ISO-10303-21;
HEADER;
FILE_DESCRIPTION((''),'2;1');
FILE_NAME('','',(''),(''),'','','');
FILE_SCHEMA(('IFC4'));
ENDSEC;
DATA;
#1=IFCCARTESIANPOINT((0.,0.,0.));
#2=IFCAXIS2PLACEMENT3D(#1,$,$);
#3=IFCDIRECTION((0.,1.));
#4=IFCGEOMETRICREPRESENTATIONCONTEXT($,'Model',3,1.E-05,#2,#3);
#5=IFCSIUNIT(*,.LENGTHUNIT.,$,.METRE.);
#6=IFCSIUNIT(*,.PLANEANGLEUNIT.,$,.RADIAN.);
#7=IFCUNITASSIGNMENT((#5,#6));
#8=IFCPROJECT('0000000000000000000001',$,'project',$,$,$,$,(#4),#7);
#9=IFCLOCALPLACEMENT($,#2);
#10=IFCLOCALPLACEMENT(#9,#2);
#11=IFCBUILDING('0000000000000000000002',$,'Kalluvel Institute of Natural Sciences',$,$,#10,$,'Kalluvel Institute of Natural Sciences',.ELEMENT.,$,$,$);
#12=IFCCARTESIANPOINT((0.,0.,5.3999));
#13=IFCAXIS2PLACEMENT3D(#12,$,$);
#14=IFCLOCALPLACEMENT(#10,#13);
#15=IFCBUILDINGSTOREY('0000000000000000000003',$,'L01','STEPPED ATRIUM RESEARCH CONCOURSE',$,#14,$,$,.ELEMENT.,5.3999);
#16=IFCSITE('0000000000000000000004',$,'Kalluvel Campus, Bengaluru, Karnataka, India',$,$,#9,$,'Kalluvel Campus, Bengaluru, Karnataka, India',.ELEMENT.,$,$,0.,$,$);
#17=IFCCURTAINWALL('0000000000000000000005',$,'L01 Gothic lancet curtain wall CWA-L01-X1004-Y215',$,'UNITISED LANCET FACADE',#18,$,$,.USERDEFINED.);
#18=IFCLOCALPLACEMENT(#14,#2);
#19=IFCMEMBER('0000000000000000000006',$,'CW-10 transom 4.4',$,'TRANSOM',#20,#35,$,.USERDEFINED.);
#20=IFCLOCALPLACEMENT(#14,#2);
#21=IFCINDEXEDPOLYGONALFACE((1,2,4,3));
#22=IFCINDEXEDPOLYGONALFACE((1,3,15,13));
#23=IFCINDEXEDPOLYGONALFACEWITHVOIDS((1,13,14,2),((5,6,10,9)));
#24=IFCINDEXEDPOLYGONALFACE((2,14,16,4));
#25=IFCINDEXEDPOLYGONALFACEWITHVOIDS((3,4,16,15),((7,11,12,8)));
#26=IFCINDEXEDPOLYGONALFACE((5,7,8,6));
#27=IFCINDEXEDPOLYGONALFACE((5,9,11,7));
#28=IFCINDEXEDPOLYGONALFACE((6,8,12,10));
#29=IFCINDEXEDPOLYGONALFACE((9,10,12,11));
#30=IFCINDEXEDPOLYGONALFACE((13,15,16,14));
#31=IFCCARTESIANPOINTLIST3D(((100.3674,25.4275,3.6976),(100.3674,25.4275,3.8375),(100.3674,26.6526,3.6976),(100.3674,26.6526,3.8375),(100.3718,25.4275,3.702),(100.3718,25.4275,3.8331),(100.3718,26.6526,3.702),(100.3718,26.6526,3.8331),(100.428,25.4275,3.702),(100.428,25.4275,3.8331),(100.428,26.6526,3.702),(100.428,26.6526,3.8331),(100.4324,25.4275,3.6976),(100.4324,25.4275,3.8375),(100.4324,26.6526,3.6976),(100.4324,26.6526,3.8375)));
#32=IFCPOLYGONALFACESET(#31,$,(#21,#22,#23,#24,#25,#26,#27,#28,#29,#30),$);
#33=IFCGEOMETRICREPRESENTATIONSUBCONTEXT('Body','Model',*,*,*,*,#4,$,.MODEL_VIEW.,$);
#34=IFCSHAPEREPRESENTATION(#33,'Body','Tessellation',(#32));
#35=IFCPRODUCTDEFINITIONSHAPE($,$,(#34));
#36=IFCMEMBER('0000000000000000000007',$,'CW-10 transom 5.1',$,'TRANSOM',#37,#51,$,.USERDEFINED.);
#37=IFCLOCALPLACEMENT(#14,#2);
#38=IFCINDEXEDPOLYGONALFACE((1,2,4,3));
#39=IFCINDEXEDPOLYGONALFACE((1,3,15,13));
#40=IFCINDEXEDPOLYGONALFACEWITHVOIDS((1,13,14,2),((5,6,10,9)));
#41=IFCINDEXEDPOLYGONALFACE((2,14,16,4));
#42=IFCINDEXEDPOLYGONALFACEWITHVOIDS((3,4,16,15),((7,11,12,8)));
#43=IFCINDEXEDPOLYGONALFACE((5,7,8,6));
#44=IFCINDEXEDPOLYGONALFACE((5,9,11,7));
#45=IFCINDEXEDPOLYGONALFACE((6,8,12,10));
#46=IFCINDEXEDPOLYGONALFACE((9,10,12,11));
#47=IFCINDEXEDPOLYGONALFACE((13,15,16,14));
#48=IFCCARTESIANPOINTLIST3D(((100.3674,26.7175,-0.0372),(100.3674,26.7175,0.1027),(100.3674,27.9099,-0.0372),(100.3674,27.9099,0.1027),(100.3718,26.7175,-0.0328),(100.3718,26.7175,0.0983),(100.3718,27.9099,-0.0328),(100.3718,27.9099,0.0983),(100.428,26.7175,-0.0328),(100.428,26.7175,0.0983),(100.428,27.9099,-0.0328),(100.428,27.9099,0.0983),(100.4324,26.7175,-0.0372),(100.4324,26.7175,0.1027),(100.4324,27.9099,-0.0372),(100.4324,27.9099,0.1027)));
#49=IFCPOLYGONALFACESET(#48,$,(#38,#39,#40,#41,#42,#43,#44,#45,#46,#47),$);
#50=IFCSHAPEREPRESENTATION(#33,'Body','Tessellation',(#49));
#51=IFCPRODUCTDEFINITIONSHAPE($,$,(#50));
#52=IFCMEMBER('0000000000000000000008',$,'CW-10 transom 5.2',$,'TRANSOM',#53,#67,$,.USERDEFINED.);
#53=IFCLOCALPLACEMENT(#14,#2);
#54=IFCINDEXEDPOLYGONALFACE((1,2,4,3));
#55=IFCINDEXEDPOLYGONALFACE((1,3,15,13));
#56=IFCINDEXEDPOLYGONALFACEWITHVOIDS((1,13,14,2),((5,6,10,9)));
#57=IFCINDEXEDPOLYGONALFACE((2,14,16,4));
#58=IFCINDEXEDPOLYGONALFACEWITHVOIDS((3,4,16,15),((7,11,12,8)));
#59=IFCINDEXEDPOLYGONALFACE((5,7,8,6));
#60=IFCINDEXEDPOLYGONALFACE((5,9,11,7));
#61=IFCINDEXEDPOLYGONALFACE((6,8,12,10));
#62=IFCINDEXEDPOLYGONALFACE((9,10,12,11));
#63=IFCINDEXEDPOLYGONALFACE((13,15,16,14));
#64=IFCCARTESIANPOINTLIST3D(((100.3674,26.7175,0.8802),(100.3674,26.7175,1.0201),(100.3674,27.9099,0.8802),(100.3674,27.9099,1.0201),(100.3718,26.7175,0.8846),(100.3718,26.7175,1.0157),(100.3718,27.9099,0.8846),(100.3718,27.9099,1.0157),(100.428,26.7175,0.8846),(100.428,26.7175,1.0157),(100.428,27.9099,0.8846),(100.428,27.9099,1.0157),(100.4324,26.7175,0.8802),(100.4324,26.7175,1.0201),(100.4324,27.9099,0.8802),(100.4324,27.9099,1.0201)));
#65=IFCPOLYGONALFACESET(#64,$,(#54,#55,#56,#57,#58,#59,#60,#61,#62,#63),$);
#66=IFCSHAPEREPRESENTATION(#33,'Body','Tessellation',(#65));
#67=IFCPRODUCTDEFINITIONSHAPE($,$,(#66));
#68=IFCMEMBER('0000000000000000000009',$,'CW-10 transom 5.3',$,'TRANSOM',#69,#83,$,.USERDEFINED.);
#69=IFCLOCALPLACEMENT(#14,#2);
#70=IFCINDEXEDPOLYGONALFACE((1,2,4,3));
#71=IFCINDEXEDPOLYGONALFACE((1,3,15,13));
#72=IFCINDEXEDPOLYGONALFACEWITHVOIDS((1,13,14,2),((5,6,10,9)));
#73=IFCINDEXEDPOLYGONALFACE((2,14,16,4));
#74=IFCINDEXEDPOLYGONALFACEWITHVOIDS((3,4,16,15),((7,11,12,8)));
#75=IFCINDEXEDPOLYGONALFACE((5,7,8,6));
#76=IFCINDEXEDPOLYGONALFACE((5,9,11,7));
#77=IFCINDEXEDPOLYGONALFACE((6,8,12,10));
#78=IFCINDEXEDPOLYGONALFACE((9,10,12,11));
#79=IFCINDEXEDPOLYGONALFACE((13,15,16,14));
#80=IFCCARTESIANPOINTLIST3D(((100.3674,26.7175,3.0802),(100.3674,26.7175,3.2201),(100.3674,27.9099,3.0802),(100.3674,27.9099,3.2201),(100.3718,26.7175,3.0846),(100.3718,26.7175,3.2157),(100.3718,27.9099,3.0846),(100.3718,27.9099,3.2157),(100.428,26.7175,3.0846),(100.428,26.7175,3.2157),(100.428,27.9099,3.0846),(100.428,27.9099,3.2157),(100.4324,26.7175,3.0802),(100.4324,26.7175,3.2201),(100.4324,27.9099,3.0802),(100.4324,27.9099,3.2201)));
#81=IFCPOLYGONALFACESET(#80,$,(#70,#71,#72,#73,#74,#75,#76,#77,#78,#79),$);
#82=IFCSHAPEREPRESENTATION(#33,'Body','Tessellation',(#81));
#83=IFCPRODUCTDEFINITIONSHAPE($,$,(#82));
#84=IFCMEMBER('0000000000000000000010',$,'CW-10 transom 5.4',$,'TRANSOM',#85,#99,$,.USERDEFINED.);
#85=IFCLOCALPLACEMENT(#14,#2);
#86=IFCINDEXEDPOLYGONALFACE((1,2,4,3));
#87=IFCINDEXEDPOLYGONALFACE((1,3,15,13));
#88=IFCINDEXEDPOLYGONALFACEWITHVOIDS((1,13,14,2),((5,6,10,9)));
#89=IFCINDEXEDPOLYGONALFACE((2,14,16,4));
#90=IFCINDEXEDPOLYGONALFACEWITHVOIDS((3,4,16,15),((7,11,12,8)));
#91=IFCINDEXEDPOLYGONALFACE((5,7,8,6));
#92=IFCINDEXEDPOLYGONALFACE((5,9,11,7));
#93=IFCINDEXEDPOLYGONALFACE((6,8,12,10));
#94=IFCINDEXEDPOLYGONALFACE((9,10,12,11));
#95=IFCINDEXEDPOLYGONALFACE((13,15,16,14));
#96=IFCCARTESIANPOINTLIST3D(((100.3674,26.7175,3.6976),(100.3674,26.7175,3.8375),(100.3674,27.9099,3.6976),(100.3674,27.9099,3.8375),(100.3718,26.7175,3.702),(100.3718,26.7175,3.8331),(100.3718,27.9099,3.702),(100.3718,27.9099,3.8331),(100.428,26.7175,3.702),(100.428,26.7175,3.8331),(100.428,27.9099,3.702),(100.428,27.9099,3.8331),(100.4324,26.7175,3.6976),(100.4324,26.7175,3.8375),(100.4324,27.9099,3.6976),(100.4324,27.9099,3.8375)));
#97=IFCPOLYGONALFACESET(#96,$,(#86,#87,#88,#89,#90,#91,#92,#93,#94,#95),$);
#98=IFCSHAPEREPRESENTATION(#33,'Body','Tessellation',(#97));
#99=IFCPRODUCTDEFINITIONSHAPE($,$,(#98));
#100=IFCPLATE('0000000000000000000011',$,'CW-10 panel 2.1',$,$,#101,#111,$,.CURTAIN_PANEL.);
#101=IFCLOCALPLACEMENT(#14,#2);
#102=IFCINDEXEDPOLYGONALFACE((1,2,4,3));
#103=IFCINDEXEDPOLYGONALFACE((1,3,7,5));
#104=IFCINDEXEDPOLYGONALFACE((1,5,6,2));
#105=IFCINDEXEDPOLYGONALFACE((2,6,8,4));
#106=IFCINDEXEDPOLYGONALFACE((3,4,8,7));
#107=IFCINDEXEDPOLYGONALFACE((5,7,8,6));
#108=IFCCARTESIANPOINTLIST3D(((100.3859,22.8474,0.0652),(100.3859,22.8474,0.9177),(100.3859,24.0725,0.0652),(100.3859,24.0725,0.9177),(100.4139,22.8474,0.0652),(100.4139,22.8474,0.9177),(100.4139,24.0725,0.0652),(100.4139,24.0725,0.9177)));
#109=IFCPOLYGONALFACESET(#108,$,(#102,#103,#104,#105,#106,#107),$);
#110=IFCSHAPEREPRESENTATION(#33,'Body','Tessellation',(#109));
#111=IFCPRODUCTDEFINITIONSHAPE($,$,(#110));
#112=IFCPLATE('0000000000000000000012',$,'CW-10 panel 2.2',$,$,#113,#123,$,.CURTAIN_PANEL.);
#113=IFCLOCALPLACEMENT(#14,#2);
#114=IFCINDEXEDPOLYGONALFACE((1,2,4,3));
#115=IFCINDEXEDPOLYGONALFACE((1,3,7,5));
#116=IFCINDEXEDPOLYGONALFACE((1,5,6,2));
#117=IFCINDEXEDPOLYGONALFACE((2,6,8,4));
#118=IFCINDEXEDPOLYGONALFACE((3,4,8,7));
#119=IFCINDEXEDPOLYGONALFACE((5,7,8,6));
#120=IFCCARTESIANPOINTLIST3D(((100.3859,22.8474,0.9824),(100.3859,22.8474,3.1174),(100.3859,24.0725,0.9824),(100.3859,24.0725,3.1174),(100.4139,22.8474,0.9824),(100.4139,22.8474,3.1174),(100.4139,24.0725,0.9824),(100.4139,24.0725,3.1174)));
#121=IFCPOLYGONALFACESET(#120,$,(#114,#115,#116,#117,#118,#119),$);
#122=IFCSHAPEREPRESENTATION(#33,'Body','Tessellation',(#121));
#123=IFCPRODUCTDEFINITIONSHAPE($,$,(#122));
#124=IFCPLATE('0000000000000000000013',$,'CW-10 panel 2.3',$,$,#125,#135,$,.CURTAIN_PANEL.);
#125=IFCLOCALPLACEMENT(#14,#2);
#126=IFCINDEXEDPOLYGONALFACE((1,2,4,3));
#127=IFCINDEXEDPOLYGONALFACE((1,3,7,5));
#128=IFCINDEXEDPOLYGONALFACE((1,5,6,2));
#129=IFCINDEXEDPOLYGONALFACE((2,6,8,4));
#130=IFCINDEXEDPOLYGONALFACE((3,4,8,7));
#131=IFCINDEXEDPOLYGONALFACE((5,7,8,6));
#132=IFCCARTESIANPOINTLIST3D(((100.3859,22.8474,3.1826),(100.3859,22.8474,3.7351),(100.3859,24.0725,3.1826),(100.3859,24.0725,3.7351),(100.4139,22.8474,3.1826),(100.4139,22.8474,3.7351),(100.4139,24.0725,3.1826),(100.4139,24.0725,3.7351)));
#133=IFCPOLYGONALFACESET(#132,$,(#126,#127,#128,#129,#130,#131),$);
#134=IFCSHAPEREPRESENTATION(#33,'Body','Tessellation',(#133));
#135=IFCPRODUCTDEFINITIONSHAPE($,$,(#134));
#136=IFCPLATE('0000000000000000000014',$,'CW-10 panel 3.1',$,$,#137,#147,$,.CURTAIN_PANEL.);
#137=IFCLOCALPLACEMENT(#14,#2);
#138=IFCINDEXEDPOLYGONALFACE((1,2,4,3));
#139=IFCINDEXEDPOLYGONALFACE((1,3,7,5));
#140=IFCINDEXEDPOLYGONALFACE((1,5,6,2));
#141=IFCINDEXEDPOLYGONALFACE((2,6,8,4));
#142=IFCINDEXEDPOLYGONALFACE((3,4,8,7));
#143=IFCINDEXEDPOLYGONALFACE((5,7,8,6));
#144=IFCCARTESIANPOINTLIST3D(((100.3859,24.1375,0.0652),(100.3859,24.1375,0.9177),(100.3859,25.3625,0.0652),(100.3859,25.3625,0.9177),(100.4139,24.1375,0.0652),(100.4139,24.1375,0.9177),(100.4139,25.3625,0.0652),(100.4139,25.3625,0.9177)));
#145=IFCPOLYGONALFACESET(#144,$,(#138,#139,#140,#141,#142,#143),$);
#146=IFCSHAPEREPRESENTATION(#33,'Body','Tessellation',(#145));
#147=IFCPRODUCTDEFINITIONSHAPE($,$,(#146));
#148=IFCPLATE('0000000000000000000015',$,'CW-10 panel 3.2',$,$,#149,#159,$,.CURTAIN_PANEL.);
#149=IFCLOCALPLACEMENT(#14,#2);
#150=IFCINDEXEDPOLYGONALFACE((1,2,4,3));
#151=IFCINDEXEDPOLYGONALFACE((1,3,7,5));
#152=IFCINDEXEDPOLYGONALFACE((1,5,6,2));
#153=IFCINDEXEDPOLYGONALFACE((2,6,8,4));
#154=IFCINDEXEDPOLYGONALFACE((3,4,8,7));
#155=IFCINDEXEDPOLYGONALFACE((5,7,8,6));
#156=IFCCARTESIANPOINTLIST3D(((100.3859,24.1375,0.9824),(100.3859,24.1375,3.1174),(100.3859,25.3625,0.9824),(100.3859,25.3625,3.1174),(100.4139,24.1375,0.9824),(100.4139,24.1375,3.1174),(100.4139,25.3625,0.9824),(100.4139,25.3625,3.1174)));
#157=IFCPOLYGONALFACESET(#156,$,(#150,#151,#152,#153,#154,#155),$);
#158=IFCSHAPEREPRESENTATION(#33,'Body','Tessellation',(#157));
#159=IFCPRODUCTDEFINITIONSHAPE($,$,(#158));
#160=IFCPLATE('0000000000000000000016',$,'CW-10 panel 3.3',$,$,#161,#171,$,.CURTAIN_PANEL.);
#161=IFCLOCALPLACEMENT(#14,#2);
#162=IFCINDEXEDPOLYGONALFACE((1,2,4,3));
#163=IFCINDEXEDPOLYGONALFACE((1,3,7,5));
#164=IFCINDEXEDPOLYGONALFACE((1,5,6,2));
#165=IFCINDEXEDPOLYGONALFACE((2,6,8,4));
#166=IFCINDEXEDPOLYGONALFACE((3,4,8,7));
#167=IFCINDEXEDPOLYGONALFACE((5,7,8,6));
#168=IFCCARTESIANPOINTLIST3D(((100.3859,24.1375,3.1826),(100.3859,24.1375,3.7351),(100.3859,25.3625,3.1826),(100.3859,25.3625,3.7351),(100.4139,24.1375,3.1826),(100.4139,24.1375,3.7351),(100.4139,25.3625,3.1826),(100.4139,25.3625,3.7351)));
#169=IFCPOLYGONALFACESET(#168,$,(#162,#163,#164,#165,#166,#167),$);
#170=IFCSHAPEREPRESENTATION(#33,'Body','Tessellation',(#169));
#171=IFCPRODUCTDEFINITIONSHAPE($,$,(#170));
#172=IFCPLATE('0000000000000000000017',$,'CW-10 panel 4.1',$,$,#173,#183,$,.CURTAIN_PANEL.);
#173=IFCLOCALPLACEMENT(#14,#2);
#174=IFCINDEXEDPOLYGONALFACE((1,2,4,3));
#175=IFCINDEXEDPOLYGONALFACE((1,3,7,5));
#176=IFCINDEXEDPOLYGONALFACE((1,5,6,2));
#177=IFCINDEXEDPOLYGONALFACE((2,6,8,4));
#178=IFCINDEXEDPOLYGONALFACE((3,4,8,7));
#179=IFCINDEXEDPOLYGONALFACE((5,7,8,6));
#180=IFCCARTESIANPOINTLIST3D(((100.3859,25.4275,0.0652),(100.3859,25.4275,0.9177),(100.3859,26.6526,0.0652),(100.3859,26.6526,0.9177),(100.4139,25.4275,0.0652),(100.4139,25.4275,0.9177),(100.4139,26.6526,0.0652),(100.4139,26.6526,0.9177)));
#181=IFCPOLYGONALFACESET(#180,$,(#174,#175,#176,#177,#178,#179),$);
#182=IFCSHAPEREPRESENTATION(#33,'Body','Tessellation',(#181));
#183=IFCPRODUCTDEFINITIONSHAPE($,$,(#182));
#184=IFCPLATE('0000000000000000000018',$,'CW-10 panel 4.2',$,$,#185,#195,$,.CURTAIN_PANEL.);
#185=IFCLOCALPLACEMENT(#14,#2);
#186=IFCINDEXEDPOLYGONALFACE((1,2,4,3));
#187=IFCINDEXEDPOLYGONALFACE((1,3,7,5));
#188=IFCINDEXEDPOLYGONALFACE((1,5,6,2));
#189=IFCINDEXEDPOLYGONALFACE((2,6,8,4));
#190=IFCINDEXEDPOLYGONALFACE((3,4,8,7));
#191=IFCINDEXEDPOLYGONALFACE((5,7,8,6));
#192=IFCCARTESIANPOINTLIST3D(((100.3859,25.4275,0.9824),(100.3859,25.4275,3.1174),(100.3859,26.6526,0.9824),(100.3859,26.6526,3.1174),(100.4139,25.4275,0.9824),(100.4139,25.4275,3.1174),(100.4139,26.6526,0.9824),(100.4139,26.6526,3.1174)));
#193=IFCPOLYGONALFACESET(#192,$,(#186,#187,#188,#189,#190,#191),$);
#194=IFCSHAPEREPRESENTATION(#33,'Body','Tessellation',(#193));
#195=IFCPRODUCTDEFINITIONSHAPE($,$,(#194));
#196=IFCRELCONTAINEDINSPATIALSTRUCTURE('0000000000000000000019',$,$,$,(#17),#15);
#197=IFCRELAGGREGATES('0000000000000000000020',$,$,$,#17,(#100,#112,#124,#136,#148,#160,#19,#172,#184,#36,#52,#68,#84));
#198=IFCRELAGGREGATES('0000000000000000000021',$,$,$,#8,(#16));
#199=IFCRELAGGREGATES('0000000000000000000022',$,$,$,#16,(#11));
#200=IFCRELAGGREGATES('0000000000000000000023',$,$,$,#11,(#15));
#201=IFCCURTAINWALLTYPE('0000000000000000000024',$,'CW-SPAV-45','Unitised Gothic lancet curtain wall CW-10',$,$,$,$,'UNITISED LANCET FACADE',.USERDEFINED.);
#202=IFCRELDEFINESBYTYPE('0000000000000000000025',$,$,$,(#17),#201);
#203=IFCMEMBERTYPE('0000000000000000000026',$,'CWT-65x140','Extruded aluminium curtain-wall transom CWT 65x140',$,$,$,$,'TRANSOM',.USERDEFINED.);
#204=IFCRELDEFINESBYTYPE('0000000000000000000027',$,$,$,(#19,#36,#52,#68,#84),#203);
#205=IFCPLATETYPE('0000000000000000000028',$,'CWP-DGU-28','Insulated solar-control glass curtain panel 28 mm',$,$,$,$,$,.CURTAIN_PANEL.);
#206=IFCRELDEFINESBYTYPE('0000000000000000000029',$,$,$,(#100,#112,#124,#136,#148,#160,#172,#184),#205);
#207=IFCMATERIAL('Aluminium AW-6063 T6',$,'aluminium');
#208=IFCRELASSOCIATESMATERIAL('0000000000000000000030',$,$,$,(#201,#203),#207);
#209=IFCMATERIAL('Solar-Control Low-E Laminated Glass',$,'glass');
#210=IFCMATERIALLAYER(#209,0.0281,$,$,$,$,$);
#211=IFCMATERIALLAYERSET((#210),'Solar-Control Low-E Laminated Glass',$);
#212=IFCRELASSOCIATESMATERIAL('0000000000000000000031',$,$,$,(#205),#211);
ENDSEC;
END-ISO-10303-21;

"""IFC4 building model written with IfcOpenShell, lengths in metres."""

from ifc_helpers import new_model, si_unit, direction, frame, origin, origin_2d, place, context, subcontext, project, spatial, rectangle, hollow_rectangle, extrude, material, layer, layer_set, material_profile, profile_set, type_object, element, aggregate, save


model = new_model("IFC4")

# Units and contexts
model_context = context("Model", 3, precision=1e-05, world=origin(), true_north=direction((0.0, 1.0)))
body_context = subcontext(model_context, "Body", "Model", "MODEL_VIEW")
ifc_project = project(units=[si_unit("LENGTHUNIT", "METRE"), si_unit("PLANEANGLEUNIT", "RADIAN")], contexts=[model_context])

# Site, building, storey
site_placement = place(None, origin())
site = spatial("IfcSite", under=ifc_project, at=site_placement, Name="Kalluvel Campus, Bengaluru, Karnataka, India", LongName="Kalluvel Campus, Bengaluru, Karnataka, India", CompositionType="ELEMENT", RefElevation=0.0)
building_placement = place(site_placement, origin())
building = spatial("IfcBuilding", under=site, at=building_placement, Name="Kalluvel Institute of Natural Sciences", LongName="Kalluvel Institute of Natural Sciences", CompositionType="ELEMENT")
storey_placement = place(building_placement, frame((0.0, 0.0, 5.3999)))
storey = spatial("IfcBuildingStorey", under=building, at=storey_placement, Name="L01", Description="STEPPED ATRIUM RESEARCH CONCOURSE", CompositionType="ELEMENT", Elevation=5.3999)

# Curtain wall, members, plates
ifc_material_1 = material(Name="Aluminium AW-6063 T6", Category="aluminium")
curtain_wall_type = type_object("IfcCurtainWallType", Name="CW-SPAV-45", Description="Unitised Gothic lancet curtain wall CW-10", ElementType="UNITISED LANCET FACADE", PredefinedType="USERDEFINED", material=ifc_material_1)
curtain_wall_placement = place(storey_placement, origin())
curtain_wall = element("IfcCurtainWall", 1, at=curtain_wall_placement, inside=storey, type_object=curtain_wall_type, Name="L01 Gothic lancet curtain wall CWA-L01-X1004-Y215", ObjectType="UNITISED LANCET FACADE", PredefinedType="USERDEFINED")
ifc_material_profile_1 = material_profile(ifc_material_1, hollow_rectangle(XDim=0.0649, YDim=0.1399, WallThickness=0.0044, at=origin_2d()), Name="CWT 65x140")
ifc_profile_set_1 = profile_set([ifc_material_profile_1], Name="Aluminium AW-6063 T6")
member_type_1 = type_object("IfcMemberType", Name="CWT-65x140", Description="Extruded aluminium curtain-wall transom CWT 65x140", ElementType="TRANSOM", PredefinedType="USERDEFINED", material=ifc_profile_set_1)
member_1_placement = place(storey_placement, frame((100.3999, 25.4275, 3.7676), z_axis=(0.0, 1.0, 0.0), x_axis=(-1.0, 0.0, 0.0)))
member_1 = element("IfcMember", 2, at=member_1_placement, type_object=member_type_1, Name="CW-10 transom 4.4", ObjectType="TRANSOM", PredefinedType="USERDEFINED", context=body_context, shape_type="SweptSolid", body=[
    extrude(hollow_rectangle(XDim=0.0649, YDim=0.1399, WallThickness=0.0044, at=origin_2d()), origin(), (0.0, 0.0, 1.0), 1.2251),
])
member_2_placement = place(storey_placement, frame((100.3999, 26.7175, 0.0327), z_axis=(0.0, 1.0, 0.0), x_axis=(-1.0, 0.0, 0.0)))
member_2 = element("IfcMember", 3, at=member_2_placement, type_object=member_type_1, Name="CW-10 transom 5.1", ObjectType="TRANSOM", PredefinedType="USERDEFINED", context=body_context, shape_type="SweptSolid", body=[
    extrude(hollow_rectangle(XDim=0.0649, YDim=0.1399, WallThickness=0.0044, at=origin_2d()), origin(), (0.0, 0.0, 1.0), 1.1924),
])
member_3_placement = place(storey_placement, frame((100.3999, 26.7175, 0.9502), z_axis=(0.0, 1.0, 0.0), x_axis=(-1.0, 0.0, 0.0)))
member_3 = element("IfcMember", 4, at=member_3_placement, type_object=member_type_1, Name="CW-10 transom 5.2", ObjectType="TRANSOM", PredefinedType="USERDEFINED", context=body_context, shape_type="SweptSolid", body=[
    extrude(hollow_rectangle(XDim=0.0649, YDim=0.1399, WallThickness=0.0044, at=origin_2d()), origin(), (0.0, 0.0, 1.0), 1.1924),
])
member_4_placement = place(storey_placement, frame((100.3999, 26.7175, 3.1501), z_axis=(0.0, 1.0, 0.0), x_axis=(-1.0, 0.0, 0.0)))
member_4 = element("IfcMember", 5, at=member_4_placement, type_object=member_type_1, Name="CW-10 transom 5.3", ObjectType="TRANSOM", PredefinedType="USERDEFINED", context=body_context, shape_type="SweptSolid", body=[
    extrude(hollow_rectangle(XDim=0.0649, YDim=0.1399, WallThickness=0.0044, at=origin_2d()), origin(), (0.0, 0.0, 1.0), 1.1924),
])
member_5_placement = place(storey_placement, frame((100.3999, 26.7175, 3.7676), z_axis=(0.0, 1.0, 0.0), x_axis=(-1.0, 0.0, 0.0)))
member_5 = element("IfcMember", 6, at=member_5_placement, type_object=member_type_1, Name="CW-10 transom 5.4", ObjectType="TRANSOM", PredefinedType="USERDEFINED", context=body_context, shape_type="SweptSolid", body=[
    extrude(hollow_rectangle(XDim=0.0649, YDim=0.1399, WallThickness=0.0044, at=origin_2d()), origin(), (0.0, 0.0, 1.0), 1.1924),
])
ifc_material_2 = material(Name="Solar-Control Low-E Laminated Glass", Category="glass")
ifc_layer = layer(ifc_material_2, 0.0281)
ifc_layer_set = layer_set([ifc_layer], Name="Solar-Control Low-E Laminated Glass")
plate_type = type_object("IfcPlateType", Name="CWP-DGU-28", Description="Insulated solar-control glass curtain panel 28 mm", PredefinedType="CURTAIN_PANEL", material=ifc_layer_set)
plate_1_placement = place(storey_placement, frame((100.3999, 23.46, 0.0652), z_axis=(0.0, 0.0, 1.0), x_axis=(0.0, 1.0, 0.0)))
plate_1 = element("IfcPlate", 7, at=plate_1_placement, type_object=plate_type, Name="CW-10 panel 2.1", PredefinedType="CURTAIN_PANEL", context=body_context, shape_type="SweptSolid", body=[
    extrude(rectangle(XDim=1.2251, YDim=0.0281, at=origin_2d()), origin(), (0.0, 0.0, 1.0), 0.8525),
])
plate_2_placement = place(storey_placement, frame((100.3999, 23.46, 0.9824), z_axis=(0.0, 0.0, 1.0), x_axis=(0.0, 1.0, 0.0)))
plate_2 = element("IfcPlate", 8, at=plate_2_placement, type_object=plate_type, Name="CW-10 panel 2.2", PredefinedType="CURTAIN_PANEL", context=body_context, shape_type="SweptSolid", body=[
    extrude(rectangle(XDim=1.2251, YDim=0.0281, at=origin_2d()), origin(), (0.0, 0.0, 1.0), 2.135),
])
plate_3_placement = place(storey_placement, frame((100.3999, 23.46, 3.1826), z_axis=(0.0, 0.0, 1.0), x_axis=(0.0, 1.0, 0.0)))
plate_3 = element("IfcPlate", 9, at=plate_3_placement, type_object=plate_type, Name="CW-10 panel 2.3", PredefinedType="CURTAIN_PANEL", context=body_context, shape_type="SweptSolid", body=[
    extrude(rectangle(XDim=1.2251, YDim=0.0281, at=origin_2d()), origin(), (0.0, 0.0, 1.0), 0.5525),
])
plate_4_placement = place(storey_placement, frame((100.3999, 24.75, 0.0652), z_axis=(0.0, 0.0, 1.0), x_axis=(0.0, 1.0, 0.0)))
plate_4 = element("IfcPlate", 10, at=plate_4_placement, type_object=plate_type, Name="CW-10 panel 3.1", PredefinedType="CURTAIN_PANEL", context=body_context, shape_type="SweptSolid", body=[
    extrude(rectangle(XDim=1.2251, YDim=0.0281, at=origin_2d()), origin(), (0.0, 0.0, 1.0), 0.8525),
])
plate_5_placement = place(storey_placement, frame((100.3999, 24.75, 0.9824), z_axis=(0.0, 0.0, 1.0), x_axis=(0.0, 1.0, 0.0)))
plate_5 = element("IfcPlate", 11, at=plate_5_placement, type_object=plate_type, Name="CW-10 panel 3.2", PredefinedType="CURTAIN_PANEL", context=body_context, shape_type="SweptSolid", body=[
    extrude(rectangle(XDim=1.2251, YDim=0.0281, at=origin_2d()), origin(), (0.0, 0.0, 1.0), 2.135),
])
plate_6_placement = place(storey_placement, frame((100.3999, 24.75, 3.1826), z_axis=(0.0, 0.0, 1.0), x_axis=(0.0, 1.0, 0.0)))
plate_6 = element("IfcPlate", 12, at=plate_6_placement, type_object=plate_type, Name="CW-10 panel 3.3", PredefinedType="CURTAIN_PANEL", context=body_context, shape_type="SweptSolid", body=[
    extrude(rectangle(XDim=1.2251, YDim=0.0281, at=origin_2d()), origin(), (0.0, 0.0, 1.0), 0.5525),
])
plate_7_placement = place(storey_placement, frame((100.3999, 26.04, 0.0652), z_axis=(0.0, 0.0, 1.0), x_axis=(0.0, 1.0, 0.0)))
plate_7 = element("IfcPlate", 13, at=plate_7_placement, type_object=plate_type, Name="CW-10 panel 4.1", PredefinedType="CURTAIN_PANEL", context=body_context, shape_type="SweptSolid", body=[
    extrude(rectangle(XDim=1.2251, YDim=0.0281, at=origin_2d()), origin(), (0.0, 0.0, 1.0), 0.8525),
])
plate_8_placement = place(storey_placement, frame((100.3999, 26.04, 0.9824), z_axis=(0.0, 0.0, 1.0), x_axis=(0.0, 1.0, 0.0)))
plate_8 = element("IfcPlate", 14, at=plate_8_placement, type_object=plate_type, Name="CW-10 panel 4.2", PredefinedType="CURTAIN_PANEL", context=body_context, shape_type="SweptSolid", body=[
    extrude(rectangle(XDim=1.2251, YDim=0.0281, at=origin_2d()), origin(), (0.0, 0.0, 1.0), 2.135),
])
aggregate(curtain_wall, [plate_1, plate_2, plate_3, plate_4, plate_5, plate_6, member_1, plate_7, plate_8, member_2, member_3, member_4, member_5])

save(model, "model.ifc")
